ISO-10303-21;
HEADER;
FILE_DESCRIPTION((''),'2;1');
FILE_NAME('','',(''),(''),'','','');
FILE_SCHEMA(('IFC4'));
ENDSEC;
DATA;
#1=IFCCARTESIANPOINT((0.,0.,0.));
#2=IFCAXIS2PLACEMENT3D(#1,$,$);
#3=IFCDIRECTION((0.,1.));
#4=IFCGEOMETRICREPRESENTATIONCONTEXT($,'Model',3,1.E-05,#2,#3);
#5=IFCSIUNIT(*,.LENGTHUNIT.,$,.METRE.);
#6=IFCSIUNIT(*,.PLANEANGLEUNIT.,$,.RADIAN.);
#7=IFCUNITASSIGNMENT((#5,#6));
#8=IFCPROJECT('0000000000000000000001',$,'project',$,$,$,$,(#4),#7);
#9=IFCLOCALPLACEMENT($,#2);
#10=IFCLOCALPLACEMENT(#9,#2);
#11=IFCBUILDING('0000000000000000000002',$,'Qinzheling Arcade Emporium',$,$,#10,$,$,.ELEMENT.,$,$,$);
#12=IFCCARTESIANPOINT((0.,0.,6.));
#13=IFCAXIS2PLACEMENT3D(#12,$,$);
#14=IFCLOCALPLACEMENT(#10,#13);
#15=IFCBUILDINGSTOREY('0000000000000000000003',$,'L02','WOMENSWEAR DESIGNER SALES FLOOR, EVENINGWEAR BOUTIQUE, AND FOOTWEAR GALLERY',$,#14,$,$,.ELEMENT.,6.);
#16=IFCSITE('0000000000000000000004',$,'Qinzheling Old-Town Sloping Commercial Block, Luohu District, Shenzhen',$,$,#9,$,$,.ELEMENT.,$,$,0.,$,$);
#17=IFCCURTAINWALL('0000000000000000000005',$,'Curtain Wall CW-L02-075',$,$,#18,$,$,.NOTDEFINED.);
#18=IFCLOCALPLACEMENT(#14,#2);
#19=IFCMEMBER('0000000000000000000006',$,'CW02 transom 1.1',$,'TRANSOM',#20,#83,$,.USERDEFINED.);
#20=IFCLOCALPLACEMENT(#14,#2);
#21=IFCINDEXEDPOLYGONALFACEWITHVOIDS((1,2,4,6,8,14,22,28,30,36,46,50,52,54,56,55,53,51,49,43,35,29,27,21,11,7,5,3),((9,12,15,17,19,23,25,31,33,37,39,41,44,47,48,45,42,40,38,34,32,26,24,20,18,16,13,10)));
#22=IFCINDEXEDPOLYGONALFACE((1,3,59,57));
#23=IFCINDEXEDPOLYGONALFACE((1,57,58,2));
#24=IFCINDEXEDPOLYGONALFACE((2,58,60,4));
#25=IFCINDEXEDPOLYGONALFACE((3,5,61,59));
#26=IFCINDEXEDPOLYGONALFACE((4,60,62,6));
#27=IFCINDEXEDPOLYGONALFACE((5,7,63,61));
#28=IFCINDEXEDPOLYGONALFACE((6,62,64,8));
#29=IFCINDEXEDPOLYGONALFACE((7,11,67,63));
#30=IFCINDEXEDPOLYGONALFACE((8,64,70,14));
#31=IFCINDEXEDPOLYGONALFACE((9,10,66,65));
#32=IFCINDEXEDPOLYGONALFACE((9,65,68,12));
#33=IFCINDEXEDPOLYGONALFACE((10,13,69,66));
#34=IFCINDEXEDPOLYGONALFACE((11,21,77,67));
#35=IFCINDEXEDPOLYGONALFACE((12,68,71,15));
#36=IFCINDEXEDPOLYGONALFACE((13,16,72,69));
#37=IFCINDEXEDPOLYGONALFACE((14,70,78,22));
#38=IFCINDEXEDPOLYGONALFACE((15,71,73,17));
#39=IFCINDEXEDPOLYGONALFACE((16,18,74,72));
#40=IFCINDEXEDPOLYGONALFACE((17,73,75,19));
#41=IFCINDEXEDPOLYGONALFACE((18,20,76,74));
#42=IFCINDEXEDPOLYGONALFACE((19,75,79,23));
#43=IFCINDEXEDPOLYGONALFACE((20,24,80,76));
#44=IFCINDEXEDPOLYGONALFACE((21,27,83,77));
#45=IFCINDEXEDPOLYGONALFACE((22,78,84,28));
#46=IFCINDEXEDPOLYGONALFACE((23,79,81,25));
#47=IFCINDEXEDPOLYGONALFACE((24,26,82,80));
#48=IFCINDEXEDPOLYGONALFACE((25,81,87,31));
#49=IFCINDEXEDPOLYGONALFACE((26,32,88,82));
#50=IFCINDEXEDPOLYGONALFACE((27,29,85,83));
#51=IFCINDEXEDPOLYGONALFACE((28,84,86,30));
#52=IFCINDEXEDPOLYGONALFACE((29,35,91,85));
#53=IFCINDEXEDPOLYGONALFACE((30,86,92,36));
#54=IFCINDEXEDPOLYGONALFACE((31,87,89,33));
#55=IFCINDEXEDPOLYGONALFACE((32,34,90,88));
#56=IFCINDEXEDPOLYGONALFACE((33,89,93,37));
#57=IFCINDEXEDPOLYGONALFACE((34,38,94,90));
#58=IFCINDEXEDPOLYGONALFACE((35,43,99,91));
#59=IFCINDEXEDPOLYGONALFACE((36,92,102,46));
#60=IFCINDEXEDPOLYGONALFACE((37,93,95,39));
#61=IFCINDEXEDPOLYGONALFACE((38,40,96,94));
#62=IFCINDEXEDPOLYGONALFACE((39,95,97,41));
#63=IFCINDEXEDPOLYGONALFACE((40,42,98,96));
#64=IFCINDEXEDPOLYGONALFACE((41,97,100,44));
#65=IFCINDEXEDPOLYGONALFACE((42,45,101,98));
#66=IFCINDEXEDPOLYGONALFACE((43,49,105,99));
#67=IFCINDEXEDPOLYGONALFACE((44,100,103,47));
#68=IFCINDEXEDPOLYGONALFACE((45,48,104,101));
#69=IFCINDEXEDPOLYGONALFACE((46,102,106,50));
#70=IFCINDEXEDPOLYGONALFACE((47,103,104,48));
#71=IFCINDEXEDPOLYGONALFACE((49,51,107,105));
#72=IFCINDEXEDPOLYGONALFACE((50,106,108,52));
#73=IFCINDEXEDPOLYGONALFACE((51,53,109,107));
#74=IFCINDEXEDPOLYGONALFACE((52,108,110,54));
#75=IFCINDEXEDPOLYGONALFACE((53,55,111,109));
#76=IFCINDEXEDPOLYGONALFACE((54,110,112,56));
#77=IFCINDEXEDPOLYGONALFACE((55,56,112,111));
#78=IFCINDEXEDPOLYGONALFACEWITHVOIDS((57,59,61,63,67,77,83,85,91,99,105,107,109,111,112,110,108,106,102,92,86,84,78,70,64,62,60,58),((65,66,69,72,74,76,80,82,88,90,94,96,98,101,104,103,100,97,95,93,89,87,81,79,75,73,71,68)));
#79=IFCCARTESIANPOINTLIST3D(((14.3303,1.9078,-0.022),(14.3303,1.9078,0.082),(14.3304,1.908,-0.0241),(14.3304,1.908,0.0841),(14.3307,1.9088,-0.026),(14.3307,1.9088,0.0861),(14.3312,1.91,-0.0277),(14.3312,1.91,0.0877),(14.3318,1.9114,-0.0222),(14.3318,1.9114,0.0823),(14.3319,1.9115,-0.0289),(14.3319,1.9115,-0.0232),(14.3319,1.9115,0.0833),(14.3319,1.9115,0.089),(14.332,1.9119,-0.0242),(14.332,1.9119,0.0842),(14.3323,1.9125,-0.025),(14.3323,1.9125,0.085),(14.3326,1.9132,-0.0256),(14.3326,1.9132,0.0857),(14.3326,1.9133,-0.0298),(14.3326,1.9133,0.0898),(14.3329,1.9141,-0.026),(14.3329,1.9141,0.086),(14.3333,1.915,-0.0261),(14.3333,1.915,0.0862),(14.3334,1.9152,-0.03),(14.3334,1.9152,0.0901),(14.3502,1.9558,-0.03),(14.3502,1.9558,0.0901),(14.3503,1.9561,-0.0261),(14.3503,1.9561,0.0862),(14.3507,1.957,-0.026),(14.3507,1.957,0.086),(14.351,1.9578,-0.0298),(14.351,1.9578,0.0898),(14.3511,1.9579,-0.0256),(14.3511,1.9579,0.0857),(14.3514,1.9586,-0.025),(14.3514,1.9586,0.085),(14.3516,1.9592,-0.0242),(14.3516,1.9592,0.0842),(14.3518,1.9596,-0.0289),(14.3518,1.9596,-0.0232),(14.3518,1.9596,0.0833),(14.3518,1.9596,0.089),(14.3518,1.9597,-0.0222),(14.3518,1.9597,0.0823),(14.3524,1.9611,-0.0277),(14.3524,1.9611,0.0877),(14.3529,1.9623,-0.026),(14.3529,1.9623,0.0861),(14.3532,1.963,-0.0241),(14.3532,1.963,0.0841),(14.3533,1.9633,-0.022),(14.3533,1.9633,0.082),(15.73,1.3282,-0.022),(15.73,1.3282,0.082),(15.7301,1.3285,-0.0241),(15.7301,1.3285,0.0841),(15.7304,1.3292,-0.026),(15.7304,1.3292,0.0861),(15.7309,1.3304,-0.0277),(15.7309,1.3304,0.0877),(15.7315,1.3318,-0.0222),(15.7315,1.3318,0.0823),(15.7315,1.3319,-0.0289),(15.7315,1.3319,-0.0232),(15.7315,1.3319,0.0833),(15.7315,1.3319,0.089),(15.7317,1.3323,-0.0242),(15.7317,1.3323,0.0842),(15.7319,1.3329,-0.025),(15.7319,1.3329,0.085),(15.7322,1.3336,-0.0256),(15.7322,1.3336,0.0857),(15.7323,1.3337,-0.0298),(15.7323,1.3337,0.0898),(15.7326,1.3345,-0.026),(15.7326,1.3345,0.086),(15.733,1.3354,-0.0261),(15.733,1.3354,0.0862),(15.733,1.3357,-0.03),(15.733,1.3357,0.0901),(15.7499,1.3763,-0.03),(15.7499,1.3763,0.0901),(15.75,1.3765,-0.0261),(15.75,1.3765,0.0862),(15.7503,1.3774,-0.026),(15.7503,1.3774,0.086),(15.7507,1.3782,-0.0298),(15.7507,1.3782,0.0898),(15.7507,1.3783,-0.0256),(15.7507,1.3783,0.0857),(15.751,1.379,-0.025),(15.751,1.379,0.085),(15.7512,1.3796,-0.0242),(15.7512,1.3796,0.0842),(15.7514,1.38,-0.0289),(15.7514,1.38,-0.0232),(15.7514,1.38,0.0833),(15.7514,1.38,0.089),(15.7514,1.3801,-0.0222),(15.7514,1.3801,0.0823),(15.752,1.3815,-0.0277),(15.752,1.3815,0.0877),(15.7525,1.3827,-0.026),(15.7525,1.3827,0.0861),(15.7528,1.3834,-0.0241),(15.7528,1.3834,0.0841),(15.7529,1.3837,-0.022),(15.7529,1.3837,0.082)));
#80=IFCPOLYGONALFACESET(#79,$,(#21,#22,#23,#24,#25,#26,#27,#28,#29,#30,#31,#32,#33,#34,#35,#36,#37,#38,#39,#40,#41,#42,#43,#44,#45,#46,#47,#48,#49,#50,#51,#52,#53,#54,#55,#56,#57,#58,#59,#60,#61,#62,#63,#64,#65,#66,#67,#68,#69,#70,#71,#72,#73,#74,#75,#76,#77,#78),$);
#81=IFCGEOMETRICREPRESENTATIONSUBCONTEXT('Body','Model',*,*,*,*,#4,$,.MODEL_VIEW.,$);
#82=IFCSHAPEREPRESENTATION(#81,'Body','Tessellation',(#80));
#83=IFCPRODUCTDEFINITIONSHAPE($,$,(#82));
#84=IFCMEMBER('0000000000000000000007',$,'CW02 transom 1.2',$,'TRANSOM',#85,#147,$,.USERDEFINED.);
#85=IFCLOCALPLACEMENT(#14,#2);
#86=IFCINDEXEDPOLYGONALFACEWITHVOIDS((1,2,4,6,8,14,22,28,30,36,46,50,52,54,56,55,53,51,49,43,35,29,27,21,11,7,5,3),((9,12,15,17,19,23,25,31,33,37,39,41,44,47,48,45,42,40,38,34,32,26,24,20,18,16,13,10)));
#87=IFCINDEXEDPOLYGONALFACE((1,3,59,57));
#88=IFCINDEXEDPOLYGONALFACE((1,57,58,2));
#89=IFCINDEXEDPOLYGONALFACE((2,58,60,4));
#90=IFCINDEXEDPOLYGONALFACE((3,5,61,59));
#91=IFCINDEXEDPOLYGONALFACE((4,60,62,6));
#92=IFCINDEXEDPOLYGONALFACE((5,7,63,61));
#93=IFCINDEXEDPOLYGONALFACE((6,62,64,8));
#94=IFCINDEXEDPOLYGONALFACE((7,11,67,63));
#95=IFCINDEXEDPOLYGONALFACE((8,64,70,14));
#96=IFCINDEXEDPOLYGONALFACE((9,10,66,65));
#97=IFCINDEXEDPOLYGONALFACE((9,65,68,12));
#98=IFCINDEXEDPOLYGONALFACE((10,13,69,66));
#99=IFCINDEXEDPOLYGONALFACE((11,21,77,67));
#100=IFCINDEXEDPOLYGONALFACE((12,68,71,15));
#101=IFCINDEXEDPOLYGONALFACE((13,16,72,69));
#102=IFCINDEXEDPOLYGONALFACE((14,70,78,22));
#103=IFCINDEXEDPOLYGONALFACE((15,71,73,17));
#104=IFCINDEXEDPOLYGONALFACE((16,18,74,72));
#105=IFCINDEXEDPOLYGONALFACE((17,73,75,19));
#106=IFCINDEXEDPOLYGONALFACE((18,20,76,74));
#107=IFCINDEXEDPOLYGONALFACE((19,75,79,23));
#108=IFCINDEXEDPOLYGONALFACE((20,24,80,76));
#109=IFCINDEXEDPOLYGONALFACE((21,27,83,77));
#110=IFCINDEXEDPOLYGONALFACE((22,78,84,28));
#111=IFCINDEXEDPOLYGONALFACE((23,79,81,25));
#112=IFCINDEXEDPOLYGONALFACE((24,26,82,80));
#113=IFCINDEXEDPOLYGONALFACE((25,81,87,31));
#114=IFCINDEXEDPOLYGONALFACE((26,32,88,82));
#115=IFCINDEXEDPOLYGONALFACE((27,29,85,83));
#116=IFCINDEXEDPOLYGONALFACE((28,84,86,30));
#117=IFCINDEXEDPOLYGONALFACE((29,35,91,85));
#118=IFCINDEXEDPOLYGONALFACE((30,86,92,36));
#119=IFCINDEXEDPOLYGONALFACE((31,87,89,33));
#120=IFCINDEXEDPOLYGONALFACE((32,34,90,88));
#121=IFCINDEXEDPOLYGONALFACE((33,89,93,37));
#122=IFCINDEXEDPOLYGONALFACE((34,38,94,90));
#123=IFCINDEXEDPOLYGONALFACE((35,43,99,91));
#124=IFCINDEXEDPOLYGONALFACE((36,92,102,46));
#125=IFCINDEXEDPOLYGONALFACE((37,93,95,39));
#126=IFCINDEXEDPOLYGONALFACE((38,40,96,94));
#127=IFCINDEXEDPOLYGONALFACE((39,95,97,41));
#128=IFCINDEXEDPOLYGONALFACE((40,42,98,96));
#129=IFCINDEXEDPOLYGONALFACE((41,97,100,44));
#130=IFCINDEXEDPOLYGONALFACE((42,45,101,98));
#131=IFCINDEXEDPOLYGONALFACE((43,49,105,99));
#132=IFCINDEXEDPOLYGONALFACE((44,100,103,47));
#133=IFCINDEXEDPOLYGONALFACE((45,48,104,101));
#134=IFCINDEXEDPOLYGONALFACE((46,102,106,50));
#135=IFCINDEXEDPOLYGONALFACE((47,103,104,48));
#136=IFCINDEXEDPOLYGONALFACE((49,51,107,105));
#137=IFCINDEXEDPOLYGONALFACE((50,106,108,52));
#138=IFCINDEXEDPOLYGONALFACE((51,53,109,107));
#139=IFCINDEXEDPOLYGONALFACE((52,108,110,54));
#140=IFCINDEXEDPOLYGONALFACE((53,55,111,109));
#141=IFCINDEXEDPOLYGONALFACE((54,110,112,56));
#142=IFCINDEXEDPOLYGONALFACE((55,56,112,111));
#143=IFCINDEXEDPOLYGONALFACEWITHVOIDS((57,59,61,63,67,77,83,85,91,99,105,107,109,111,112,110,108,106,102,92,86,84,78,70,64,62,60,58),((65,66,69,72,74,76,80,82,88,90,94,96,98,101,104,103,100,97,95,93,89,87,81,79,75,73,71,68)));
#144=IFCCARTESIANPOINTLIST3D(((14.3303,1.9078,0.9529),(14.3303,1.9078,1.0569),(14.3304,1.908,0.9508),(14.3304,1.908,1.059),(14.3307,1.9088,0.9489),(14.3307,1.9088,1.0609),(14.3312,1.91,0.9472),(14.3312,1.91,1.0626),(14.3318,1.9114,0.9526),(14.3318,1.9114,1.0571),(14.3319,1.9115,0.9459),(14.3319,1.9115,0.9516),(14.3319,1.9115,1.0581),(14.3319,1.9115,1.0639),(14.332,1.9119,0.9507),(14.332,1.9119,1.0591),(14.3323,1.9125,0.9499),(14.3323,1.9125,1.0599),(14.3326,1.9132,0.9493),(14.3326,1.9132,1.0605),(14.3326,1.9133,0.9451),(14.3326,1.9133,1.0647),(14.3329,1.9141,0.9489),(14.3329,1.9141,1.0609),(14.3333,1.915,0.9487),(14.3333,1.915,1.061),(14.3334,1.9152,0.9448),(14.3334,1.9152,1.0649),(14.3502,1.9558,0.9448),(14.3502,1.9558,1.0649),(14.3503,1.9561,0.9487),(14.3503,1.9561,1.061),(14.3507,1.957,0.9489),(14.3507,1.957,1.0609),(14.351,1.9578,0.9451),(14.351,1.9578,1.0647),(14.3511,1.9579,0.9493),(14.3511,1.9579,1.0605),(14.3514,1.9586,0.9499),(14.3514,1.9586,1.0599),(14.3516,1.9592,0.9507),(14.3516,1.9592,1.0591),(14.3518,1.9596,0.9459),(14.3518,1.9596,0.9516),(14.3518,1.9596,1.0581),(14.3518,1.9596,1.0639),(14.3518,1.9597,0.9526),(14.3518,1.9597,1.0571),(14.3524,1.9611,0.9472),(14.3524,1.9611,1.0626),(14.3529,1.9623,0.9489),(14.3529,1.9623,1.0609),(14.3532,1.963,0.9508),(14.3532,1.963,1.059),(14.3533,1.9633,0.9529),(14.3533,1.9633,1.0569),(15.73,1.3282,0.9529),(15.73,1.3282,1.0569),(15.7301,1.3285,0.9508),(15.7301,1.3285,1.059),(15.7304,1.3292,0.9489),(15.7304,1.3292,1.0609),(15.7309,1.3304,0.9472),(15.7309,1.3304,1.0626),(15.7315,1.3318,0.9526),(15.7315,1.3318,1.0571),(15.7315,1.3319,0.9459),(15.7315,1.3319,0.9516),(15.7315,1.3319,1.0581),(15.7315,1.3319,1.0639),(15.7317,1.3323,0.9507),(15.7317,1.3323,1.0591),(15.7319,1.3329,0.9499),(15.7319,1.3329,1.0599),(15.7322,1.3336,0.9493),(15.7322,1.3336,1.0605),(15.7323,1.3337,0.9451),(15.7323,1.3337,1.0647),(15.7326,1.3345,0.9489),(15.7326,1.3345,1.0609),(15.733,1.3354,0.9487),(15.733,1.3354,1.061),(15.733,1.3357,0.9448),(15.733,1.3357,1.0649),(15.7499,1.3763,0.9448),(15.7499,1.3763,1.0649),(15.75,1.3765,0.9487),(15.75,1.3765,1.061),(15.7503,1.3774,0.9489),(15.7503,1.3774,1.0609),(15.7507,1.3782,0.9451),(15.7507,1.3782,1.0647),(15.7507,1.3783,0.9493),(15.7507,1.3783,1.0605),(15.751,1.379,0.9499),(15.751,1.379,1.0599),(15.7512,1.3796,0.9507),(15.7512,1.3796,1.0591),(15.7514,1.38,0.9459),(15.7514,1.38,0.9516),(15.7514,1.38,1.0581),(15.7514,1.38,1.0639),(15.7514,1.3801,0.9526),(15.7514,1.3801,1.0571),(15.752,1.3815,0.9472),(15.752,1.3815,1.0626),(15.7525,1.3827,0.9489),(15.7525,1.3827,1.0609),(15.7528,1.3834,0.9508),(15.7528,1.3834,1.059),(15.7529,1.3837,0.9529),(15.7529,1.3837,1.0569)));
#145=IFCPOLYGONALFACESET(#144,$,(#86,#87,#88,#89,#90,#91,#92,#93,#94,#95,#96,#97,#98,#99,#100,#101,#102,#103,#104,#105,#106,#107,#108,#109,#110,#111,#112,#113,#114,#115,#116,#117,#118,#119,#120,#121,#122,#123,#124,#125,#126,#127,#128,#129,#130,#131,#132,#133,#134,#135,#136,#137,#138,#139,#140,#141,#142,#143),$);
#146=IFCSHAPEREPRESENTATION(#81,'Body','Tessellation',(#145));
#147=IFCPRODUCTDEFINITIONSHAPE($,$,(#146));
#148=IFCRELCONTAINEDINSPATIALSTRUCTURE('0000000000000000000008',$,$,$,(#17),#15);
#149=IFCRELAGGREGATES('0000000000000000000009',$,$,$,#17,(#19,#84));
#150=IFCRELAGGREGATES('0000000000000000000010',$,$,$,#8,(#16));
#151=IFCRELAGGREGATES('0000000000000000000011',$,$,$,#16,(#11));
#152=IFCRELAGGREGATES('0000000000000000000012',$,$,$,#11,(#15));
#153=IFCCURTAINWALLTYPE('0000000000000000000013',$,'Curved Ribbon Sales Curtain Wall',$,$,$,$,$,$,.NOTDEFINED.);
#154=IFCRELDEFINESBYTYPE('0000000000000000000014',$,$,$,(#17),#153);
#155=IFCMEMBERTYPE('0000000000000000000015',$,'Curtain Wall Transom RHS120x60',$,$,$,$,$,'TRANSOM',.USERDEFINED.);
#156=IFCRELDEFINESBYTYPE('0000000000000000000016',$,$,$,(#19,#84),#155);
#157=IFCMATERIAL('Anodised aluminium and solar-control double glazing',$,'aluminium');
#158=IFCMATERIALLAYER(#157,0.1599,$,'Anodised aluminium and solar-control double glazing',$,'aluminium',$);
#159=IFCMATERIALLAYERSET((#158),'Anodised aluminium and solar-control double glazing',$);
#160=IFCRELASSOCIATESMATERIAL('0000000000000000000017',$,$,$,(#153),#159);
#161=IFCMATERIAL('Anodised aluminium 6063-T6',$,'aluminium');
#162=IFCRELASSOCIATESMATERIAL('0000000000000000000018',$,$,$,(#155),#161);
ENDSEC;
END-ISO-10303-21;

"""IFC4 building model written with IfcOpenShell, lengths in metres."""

from ifc_helpers import new_model, si_unit, direction, frame, origin, origin_2d, place, context, subcontext, project, spatial, hollow_rectangle, extrude, material, layer, layer_set, material_profile, profile_set, type_object, element, aggregate, save


model = new_model("IFC4")

# Units and contexts
model_context = context("Model", 3, precision=1e-05, world=origin(), true_north=direction((0.0, 1.0)))
body_context = subcontext(model_context, "Body", "Model", "MODEL_VIEW")
ifc_project = project(units=[si_unit("LENGTHUNIT", "METRE"), si_unit("PLANEANGLEUNIT", "RADIAN")], contexts=[model_context])

# Site, building, storey
site_placement = place(None, origin())
site = spatial("IfcSite", under=ifc_project, at=site_placement, Name="Qinzheling Old-Town Sloping Commercial Block, Luohu District, Shenzhen", CompositionType="ELEMENT", RefElevation=0.0)
building_placement = place(site_placement, origin())
building = spatial("IfcBuilding", under=site, at=building_placement, Name="Qinzheling Arcade Emporium", CompositionType="ELEMENT")
storey_placement = place(building_placement, frame((0.0, 0.0, 6.0)))
storey = spatial("IfcBuildingStorey", under=building, at=storey_placement, Name="L02", Description="WOMENSWEAR DESIGNER SALES FLOOR, EVENINGWEAR BOUTIQUE, AND FOOTWEAR GALLERY", CompositionType="ELEMENT", Elevation=6.0)

# Curtain wall
ifc_material_1 = material(Name="Anodised aluminium and solar-control double glazing", Category="aluminium")
ifc_layer_1 = layer(ifc_material_1, 0.1599, Name="Anodised aluminium and solar-control double glazing", Category="aluminium")
ifc_layer_set_1 = layer_set([ifc_layer_1], Name="Anodised aluminium and solar-control double glazing")
curtain_wall_type = type_object("IfcCurtainWallType", Name="Curved Ribbon Sales Curtain Wall", PredefinedType="NOTDEFINED", material=ifc_layer_set_1)
curtain_wall_1_placement = place(storey_placement, origin())
curtain_wall_1 = element("IfcCurtainWall", 1, at=curtain_wall_1_placement, inside=storey, type_object=curtain_wall_type, Name="Curtain Wall CW-L02-075", PredefinedType="NOTDEFINED")
ifc_material_2 = material(Name="Anodised aluminium 6063-T6", Category="aluminium")

# Members
ifc_material_profile_1 = material_profile(ifc_material_2, hollow_rectangle(XDim=0.0601, YDim=0.1201, WallThickness=0.0039, InnerFilletRadius=0.0039, OuterFilletRadius=0.0081, at=origin_2d()), Name="RHS 120x60x4", Category="aluminium")
ifc_profile_set_1 = profile_set([ifc_material_profile_1], Name="Anodised aluminium 6063-T6")
member_type_1 = type_object("IfcMemberType", Name="Curtain Wall Transom RHS120x60", ElementType="TRANSOM", PredefinedType="USERDEFINED", material=ifc_profile_set_1)
member_1_placement = place(storey_placement, frame((15.7415, 1.356, 0.03), z_axis=(-0.923919, 0.382589, 0.0), x_axis=(-0.382589, -0.923919, 0.0)))
member_1 = element("IfcMember", 2, at=member_1_placement, type_object=member_type_1, Name="CW02 transom 1.1", ObjectType="TRANSOM", PredefinedType="USERDEFINED", context=body_context, shape_type="SweptSolid", body=[
    extrude(hollow_rectangle(XDim=0.0601, YDim=0.1201, WallThickness=0.0039, InnerFilletRadius=0.0039, OuterFilletRadius=0.0081, at=origin_2d()), origin(), (0.0, 0.0, 1.0), 1.5149),
])
member_2_placement = place(storey_placement, frame((15.7415, 1.356, 1.0049), z_axis=(-0.923919, 0.382589, 0.0), x_axis=(-0.382589, -0.923919, 0.0)))
member_2 = element("IfcMember", 3, at=member_2_placement, type_object=member_type_1, Name="CW02 transom 1.2", ObjectType="TRANSOM", PredefinedType="USERDEFINED", context=body_context, shape_type="SweptSolid", body=[
    extrude(hollow_rectangle(XDim=0.0601, YDim=0.1201, WallThickness=0.0039, InnerFilletRadius=0.0039, OuterFilletRadius=0.0081, at=origin_2d()), origin(), (0.0, 0.0, 1.0), 1.5149),
])

aggregate(curtain_wall_1, [member_1, member_2])

save(model, "model.ifc")
